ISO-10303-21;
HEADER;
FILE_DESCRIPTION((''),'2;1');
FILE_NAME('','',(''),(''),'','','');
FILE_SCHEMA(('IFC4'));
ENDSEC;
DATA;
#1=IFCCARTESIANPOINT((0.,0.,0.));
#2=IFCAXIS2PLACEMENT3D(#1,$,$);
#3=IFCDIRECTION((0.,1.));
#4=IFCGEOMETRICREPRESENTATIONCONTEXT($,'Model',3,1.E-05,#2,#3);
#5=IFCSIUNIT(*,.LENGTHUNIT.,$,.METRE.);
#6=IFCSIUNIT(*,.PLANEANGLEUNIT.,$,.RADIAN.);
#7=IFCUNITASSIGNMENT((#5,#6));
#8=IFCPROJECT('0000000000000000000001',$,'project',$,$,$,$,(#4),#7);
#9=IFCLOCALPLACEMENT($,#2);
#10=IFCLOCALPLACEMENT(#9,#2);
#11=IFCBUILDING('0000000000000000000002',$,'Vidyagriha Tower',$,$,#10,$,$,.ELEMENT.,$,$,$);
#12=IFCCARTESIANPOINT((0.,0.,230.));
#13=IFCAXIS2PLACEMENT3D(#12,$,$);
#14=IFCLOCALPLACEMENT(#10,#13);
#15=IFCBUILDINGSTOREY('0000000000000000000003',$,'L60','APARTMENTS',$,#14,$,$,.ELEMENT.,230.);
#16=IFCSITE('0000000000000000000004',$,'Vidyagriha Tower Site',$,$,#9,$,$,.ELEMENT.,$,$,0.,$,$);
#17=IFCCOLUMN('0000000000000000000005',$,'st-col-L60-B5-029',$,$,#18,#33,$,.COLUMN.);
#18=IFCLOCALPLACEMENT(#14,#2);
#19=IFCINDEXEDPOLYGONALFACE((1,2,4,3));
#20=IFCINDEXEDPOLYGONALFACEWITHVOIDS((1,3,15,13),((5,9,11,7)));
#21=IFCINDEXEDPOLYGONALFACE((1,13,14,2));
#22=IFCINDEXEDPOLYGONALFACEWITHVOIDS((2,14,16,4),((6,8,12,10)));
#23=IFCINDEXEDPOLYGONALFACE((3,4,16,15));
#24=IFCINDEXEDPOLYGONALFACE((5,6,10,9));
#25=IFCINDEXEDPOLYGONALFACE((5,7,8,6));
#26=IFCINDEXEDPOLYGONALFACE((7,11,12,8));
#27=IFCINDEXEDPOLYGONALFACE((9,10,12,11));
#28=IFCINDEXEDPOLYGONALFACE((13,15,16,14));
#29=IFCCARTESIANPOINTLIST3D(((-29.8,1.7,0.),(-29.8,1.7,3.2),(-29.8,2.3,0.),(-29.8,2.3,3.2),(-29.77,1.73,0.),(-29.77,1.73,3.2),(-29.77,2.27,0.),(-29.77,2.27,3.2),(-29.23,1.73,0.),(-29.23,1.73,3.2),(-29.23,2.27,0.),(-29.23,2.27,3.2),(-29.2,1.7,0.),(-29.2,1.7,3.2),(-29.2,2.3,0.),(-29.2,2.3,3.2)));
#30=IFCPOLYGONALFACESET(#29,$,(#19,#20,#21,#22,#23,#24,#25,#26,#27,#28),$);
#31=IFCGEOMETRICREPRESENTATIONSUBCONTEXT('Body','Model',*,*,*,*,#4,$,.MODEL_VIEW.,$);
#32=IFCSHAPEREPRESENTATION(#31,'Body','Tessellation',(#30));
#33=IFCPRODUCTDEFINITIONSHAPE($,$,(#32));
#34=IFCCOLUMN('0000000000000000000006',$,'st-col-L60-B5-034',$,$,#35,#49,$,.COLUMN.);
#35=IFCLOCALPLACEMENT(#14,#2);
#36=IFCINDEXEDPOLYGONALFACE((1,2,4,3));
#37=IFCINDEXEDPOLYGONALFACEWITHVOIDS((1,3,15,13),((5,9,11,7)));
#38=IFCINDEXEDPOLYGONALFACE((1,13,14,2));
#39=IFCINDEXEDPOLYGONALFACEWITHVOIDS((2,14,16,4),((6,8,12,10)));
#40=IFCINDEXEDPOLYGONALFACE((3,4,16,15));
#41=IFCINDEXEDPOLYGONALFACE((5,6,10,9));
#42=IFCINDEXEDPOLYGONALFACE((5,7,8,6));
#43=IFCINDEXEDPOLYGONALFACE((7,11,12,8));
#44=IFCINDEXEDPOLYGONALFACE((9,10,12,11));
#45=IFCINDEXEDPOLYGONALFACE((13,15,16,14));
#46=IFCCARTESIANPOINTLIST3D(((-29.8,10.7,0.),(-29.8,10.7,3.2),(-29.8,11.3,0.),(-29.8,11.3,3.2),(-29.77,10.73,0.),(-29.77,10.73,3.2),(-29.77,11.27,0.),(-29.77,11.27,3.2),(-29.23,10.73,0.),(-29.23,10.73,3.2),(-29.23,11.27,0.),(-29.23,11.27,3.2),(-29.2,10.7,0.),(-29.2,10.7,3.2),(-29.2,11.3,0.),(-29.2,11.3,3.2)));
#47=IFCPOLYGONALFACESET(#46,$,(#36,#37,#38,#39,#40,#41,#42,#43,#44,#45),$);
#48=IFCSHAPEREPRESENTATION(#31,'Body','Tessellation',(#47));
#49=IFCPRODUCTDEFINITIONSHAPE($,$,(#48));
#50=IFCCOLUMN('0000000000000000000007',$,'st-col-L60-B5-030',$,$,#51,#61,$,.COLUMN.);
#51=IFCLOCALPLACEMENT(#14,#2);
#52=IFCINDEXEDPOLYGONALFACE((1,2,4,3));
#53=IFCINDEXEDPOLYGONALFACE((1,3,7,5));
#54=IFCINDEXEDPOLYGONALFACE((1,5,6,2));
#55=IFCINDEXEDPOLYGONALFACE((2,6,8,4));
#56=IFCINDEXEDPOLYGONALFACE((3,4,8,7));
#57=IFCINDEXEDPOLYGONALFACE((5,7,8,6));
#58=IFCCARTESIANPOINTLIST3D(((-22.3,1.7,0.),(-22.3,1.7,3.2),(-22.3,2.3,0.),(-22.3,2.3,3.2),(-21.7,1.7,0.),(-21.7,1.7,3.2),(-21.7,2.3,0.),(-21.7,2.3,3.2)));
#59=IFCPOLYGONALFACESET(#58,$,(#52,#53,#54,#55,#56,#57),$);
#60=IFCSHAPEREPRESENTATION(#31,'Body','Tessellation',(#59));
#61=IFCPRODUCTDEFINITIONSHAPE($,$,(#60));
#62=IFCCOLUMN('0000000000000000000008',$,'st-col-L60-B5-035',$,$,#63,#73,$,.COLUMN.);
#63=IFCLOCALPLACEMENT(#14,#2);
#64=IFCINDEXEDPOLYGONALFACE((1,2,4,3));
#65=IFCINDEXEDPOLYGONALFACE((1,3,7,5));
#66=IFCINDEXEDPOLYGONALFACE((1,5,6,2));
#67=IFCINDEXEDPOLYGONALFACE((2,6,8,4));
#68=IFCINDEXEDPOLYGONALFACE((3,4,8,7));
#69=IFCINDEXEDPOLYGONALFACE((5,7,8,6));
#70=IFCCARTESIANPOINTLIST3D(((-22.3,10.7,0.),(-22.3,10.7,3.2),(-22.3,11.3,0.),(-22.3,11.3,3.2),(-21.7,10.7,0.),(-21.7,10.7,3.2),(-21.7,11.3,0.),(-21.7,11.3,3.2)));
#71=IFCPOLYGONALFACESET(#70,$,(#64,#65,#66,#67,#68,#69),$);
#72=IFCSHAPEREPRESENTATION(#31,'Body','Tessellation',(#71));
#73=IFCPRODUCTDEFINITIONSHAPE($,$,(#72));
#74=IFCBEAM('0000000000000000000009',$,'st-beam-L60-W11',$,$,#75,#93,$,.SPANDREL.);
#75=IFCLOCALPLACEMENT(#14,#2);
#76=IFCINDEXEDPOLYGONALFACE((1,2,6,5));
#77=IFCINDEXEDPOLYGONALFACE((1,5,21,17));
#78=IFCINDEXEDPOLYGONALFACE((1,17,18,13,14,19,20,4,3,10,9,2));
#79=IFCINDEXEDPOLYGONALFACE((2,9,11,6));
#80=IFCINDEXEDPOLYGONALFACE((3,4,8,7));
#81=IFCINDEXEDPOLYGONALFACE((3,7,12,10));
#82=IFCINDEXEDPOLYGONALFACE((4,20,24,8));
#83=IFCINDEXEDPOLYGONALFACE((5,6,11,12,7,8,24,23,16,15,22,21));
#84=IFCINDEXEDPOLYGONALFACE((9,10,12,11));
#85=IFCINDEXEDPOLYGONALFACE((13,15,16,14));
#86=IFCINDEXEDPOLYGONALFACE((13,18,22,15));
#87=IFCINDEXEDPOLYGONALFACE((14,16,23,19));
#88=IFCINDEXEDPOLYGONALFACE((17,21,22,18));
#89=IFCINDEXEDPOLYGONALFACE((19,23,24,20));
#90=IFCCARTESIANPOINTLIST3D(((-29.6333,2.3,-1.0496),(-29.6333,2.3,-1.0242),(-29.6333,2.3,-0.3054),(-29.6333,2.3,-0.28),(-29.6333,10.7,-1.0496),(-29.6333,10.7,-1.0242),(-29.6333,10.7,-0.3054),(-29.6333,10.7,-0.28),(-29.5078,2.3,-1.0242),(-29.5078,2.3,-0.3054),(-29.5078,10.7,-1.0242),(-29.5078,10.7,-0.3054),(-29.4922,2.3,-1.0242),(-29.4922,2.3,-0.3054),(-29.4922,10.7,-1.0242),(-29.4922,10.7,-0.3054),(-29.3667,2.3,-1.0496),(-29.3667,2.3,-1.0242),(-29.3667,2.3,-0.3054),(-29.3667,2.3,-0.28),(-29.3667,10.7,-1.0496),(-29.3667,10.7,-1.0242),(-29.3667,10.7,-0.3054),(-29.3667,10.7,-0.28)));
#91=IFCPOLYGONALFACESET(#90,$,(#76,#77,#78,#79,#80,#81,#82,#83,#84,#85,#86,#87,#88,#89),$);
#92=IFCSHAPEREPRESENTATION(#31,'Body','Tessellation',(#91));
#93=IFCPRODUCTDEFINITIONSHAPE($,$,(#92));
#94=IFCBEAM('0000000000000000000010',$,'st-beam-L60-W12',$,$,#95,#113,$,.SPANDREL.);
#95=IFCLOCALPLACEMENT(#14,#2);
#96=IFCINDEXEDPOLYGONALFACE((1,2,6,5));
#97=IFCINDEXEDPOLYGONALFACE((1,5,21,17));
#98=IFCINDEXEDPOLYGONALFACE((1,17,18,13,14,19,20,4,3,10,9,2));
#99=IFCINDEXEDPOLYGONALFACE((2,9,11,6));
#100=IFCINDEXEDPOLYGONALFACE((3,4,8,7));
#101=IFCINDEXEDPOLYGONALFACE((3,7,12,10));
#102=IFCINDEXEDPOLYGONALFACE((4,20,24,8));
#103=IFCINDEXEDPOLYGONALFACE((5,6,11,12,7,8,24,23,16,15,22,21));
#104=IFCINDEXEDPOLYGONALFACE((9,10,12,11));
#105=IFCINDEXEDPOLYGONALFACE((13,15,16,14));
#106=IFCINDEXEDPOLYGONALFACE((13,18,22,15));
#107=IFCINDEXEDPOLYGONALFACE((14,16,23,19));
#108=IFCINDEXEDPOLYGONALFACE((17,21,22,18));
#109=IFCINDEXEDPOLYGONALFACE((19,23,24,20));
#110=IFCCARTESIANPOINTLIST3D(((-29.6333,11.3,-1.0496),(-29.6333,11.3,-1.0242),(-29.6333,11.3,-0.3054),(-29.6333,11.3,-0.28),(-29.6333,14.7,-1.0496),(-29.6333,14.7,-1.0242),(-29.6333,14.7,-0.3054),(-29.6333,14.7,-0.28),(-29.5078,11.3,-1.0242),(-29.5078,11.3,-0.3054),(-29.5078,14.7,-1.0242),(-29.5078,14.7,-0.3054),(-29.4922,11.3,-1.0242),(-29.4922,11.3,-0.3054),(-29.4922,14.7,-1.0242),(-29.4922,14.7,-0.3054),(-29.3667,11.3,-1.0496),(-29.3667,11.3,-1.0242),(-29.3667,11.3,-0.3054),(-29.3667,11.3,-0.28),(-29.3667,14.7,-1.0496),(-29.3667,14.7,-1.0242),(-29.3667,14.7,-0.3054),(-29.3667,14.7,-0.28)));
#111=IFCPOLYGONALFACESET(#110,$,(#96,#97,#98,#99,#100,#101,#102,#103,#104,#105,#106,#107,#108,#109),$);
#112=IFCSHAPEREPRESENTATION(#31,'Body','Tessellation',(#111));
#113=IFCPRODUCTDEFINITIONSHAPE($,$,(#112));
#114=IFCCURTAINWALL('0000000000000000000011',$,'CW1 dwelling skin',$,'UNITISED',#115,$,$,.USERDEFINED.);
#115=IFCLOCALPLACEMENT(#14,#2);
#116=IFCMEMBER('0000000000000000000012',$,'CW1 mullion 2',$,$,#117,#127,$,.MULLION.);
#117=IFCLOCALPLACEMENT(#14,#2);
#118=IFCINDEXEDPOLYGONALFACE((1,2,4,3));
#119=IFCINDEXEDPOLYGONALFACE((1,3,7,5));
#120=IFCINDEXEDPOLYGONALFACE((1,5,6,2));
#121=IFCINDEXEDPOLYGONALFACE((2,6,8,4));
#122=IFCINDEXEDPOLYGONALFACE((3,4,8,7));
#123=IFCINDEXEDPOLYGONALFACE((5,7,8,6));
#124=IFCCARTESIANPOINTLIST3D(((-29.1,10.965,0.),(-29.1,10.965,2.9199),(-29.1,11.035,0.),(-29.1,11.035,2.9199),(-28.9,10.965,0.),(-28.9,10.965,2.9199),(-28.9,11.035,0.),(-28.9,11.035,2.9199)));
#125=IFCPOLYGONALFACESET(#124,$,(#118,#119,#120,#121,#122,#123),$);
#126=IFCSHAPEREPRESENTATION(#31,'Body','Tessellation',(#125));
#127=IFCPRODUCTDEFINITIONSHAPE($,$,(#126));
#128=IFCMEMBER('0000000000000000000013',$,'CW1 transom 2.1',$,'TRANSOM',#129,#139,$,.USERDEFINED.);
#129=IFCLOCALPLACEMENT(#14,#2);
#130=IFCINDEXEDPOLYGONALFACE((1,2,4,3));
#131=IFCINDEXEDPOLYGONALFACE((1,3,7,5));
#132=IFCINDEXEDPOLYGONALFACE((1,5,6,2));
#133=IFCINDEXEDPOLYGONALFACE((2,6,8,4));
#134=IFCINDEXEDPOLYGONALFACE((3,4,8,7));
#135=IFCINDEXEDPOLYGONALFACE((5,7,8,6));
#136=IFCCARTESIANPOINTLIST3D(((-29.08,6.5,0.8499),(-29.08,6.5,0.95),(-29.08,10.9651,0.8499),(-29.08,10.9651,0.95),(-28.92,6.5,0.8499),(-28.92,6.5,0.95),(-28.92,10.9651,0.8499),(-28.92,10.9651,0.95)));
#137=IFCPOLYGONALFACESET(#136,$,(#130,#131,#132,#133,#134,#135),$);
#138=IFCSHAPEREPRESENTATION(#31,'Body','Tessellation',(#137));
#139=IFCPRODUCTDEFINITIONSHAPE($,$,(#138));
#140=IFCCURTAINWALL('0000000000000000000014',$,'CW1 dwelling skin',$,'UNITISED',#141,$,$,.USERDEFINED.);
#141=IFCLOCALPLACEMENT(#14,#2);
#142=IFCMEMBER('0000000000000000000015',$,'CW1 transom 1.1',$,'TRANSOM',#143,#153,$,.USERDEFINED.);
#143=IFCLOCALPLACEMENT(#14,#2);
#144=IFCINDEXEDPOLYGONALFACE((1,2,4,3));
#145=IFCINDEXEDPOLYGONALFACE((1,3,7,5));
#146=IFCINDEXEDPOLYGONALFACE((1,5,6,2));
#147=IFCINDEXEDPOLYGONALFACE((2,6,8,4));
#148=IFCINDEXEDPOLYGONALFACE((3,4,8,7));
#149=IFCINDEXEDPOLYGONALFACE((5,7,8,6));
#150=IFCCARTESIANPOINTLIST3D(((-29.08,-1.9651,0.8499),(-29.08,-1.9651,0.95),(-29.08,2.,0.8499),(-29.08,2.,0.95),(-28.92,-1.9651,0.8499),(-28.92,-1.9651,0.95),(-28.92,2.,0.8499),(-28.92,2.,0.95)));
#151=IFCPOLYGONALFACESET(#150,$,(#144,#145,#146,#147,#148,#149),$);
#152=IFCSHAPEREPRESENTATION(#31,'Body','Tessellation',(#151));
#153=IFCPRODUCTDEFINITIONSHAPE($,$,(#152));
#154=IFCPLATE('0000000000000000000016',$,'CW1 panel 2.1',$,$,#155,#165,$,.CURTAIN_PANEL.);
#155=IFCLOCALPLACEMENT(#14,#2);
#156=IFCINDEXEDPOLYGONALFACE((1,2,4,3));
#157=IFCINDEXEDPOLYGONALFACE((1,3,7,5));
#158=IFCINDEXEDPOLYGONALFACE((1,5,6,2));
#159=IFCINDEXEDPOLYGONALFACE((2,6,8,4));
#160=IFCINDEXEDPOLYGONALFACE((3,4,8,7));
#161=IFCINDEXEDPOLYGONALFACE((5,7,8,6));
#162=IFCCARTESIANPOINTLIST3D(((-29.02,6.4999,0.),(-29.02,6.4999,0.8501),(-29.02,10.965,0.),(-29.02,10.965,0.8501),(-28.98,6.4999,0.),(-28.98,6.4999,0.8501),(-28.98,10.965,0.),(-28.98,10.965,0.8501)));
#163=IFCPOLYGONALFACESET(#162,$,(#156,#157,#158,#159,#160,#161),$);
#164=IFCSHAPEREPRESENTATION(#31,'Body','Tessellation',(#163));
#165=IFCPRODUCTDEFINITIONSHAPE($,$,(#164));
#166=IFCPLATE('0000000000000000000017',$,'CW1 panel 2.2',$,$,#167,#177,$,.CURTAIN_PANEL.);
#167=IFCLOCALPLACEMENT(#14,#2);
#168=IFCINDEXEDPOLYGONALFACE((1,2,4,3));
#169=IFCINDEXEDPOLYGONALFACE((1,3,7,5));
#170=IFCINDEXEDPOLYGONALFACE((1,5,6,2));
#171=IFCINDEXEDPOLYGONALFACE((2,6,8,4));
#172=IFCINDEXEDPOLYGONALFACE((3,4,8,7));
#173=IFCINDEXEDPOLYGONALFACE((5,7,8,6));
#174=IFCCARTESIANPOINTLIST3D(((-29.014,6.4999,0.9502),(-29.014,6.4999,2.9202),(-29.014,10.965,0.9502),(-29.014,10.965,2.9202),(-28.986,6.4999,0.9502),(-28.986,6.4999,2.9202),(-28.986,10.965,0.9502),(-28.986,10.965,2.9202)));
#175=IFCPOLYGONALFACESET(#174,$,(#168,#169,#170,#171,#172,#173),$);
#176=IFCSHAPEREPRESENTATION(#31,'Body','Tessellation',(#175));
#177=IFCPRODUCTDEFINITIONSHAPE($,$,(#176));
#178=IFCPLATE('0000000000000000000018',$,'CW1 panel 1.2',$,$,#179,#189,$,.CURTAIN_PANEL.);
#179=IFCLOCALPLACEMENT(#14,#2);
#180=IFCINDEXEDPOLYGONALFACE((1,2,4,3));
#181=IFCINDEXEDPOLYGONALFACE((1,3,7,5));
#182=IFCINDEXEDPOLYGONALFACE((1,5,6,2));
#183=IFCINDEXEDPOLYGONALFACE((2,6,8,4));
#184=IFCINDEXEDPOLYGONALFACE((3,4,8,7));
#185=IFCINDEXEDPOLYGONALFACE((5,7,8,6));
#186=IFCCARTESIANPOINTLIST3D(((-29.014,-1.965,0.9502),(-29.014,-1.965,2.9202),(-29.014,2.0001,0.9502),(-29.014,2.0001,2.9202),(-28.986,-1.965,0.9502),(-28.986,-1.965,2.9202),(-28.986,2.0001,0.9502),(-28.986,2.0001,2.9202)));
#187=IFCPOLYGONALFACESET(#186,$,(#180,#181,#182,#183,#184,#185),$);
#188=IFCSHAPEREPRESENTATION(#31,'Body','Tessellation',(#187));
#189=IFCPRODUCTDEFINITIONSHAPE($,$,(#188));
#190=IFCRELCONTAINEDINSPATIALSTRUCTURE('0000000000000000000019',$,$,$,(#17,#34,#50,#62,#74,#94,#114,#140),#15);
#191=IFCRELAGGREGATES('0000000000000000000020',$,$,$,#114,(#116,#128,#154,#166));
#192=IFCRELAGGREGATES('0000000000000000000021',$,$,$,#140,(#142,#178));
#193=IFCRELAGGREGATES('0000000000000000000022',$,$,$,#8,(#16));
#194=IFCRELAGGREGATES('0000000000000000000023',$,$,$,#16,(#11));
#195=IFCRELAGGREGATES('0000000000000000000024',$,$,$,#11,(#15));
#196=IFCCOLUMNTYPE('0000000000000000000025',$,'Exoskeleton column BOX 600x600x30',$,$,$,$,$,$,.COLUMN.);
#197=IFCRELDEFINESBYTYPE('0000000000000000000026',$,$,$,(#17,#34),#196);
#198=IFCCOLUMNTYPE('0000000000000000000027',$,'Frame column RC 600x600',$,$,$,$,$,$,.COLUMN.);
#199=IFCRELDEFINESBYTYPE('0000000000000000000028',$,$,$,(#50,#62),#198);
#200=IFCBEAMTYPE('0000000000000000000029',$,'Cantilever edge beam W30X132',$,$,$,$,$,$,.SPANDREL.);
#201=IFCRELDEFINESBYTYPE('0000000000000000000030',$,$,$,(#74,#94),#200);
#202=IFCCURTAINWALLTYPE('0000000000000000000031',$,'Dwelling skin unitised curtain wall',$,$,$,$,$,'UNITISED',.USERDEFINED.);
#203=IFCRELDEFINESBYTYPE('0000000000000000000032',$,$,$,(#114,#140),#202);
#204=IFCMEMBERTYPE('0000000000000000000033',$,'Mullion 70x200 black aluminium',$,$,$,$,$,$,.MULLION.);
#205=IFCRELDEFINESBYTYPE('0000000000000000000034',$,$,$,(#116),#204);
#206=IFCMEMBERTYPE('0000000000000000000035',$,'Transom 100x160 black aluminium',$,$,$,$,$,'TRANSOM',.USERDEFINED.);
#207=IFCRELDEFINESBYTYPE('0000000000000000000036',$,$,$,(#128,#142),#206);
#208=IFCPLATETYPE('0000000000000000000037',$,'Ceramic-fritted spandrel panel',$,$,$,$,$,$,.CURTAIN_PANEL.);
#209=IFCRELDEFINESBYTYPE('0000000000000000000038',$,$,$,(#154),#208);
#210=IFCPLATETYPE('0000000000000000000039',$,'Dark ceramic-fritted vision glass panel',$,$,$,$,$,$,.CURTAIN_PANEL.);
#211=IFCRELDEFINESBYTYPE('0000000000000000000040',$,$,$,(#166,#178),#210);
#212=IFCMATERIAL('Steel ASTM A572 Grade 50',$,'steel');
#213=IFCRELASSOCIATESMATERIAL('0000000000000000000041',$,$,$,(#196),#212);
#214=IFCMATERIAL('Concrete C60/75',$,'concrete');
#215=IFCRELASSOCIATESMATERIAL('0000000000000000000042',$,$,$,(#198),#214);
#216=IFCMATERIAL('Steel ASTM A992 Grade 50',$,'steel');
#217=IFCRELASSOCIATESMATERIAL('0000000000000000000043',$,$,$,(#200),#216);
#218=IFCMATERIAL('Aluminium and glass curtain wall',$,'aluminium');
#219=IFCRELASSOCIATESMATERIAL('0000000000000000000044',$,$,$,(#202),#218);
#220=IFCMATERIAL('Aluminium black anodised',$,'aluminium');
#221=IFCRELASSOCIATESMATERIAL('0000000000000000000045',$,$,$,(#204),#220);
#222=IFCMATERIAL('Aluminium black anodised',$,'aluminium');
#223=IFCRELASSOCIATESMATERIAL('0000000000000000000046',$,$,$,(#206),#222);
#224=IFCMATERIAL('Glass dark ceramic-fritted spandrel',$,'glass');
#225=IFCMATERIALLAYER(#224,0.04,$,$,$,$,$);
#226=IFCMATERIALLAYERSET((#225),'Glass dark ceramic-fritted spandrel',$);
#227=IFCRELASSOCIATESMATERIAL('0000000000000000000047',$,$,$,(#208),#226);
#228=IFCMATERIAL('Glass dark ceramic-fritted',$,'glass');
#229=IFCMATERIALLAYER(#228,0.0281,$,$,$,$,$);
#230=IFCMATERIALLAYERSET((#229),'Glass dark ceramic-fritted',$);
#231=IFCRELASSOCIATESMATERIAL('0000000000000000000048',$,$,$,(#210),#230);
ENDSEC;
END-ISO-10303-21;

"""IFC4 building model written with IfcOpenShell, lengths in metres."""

from ifc_helpers import new_model, si_unit, direction, frame, origin, origin_2d, place, context, subcontext, project, spatial, rectangle, hollow_rectangle, i_section, extrude, material, layer, layer_set, material_profile, profile_set, type_object, element, aggregate, save


model = new_model("IFC4")

# Units and contexts
model_context = context("Model", 3, precision=1e-05, world=origin(), true_north=direction((0.0, 1.0)))
body_context = subcontext(model_context, "Body", "Model", "MODEL_VIEW")
ifc_project = project(units=[si_unit("LENGTHUNIT", "METRE"), si_unit("PLANEANGLEUNIT", "RADIAN")], contexts=[model_context])

# Site, building, storey
site_placement = place(None, origin())
site = spatial("IfcSite", under=ifc_project, at=site_placement, Name="Vidyagriha Tower Site", CompositionType="ELEMENT", RefElevation=0.0)
building_placement = place(site_placement, origin())
building = spatial("IfcBuilding", under=site, at=building_placement, Name="Vidyagriha Tower", CompositionType="ELEMENT")
storey_placement = place(building_placement, frame((0.0, 0.0, 230.0)))
storey = spatial("IfcBuildingStorey", under=building, at=storey_placement, Name="L60", Description="APARTMENTS", CompositionType="ELEMENT", Elevation=230.0)

# Columns
ifc_material_1 = material(Name="Steel ASTM A572 Grade 50", Category="steel")
ifc_material_profile_1 = material_profile(ifc_material_1, hollow_rectangle(XDim=0.6001, YDim=0.6001, WallThickness=0.03, at=origin_2d()), Name="BOX 600x600x30")
ifc_profile_set_1 = profile_set([ifc_material_profile_1], Name="Steel ASTM A572 Grade 50")
column_type_1 = type_object("IfcColumnType", Name="Exoskeleton column BOX 600x600x30", PredefinedType="COLUMN", material=ifc_profile_set_1)
for number, where, name in (
    (1, (-29.5, 2.0, 0.0), "st-col-L60-B5-029"),
    (2, (-29.5, 11.0, 0.0), "st-col-L60-B5-034"),
):
    element("IfcColumn", number, at=place(storey_placement, frame(where)), inside=storey, type_object=column_type_1, Name=name, PredefinedType="COLUMN", context=body_context, shape_type="SweptSolid", body=[
        extrude(hollow_rectangle(XDim=0.6001, YDim=0.6001, WallThickness=0.03, at=origin_2d()), origin(), (0.0, 0.0, 1.0), 3.2),
    ])
ifc_material_2 = material(Name="Concrete C60/75", Category="concrete")
ifc_material_profile_2 = material_profile(ifc_material_2, rectangle(XDim=0.6001, YDim=0.6001, at=origin_2d()), Name="RC 600x600")
ifc_profile_set_2 = profile_set([ifc_material_profile_2], Name="Concrete C60/75")
column_type_2 = type_object("IfcColumnType", Name="Frame column RC 600x600", PredefinedType="COLUMN", material=ifc_profile_set_2)
for number, where, name in (
    (3, (-22.0, 2.0, 0.0), "st-col-L60-B5-030"),
    (4, (-22.0, 11.0, 0.0), "st-col-L60-B5-035"),
):
    element("IfcColumn", number, at=place(storey_placement, frame(where)), inside=storey, type_object=column_type_2, Name=name, PredefinedType="COLUMN", context=body_context, shape_type="SweptSolid", body=[
        extrude(rectangle(XDim=0.6001, YDim=0.6001, at=origin_2d()), origin(), (0.0, 0.0, 1.0), 3.2),
    ])

# Beams
ifc_material_3 = material(Name="Steel ASTM A992 Grade 50", Category="steel")
ifc_material_profile_3 = material_profile(ifc_material_3, i_section(OverallWidth=0.2666, OverallDepth=0.7695, WebThickness=0.0156, FlangeThickness=0.0254, at=origin_2d()), Name="W30X132")
ifc_profile_set_3 = profile_set([ifc_material_profile_3], Name="Steel ASTM A992 Grade 50")
beam_type = type_object("IfcBeamType", Name="Cantilever edge beam W30X132", PredefinedType="SPANDREL", material=ifc_profile_set_3)
beam_1_placement = place(storey_placement, frame((-29.5, 2.3, -0.6648), z_axis=(0.0, 1.0, 0.0), x_axis=(-1.0, 0.0, 0.0)))
element("IfcBeam", 5, at=beam_1_placement, inside=storey, type_object=beam_type, Name="st-beam-L60-W11", PredefinedType="SPANDREL", context=body_context, shape_type="SweptSolid", body=[
    extrude(i_section(OverallWidth=0.2666, OverallDepth=0.7695, WebThickness=0.0156, FlangeThickness=0.0254, at=origin_2d()), origin(), (0.0, 0.0, 1.0), 8.3999),
])
beam_2_placement = place(storey_placement, frame((-29.5, 11.3, -0.6648), z_axis=(0.0, 1.0, 0.0), x_axis=(-1.0, 0.0, 0.0)))
element("IfcBeam", 6, at=beam_2_placement, inside=storey, type_object=beam_type, Name="st-beam-L60-W12", PredefinedType="SPANDREL", context=body_context, shape_type="SweptSolid", body=[
    extrude(i_section(OverallWidth=0.2666, OverallDepth=0.7695, WebThickness=0.0156, FlangeThickness=0.0254, at=origin_2d()), origin(), (0.0, 0.0, 1.0), 3.3999),
])

# Curtain wall, members
ifc_material_4 = material(Name="Aluminium and glass curtain wall", Category="aluminium")
curtain_wall_type = type_object("IfcCurtainWallType", Name="Dwelling skin unitised curtain wall", ElementType="UNITISED", PredefinedType="USERDEFINED", material=ifc_material_4)
curtain_wall_1_placement = place(storey_placement, origin())
curtain_wall_1 = element("IfcCurtainWall", 7, at=curtain_wall_1_placement, inside=storey, type_object=curtain_wall_type, Name="CW1 dwelling skin", ObjectType="UNITISED", PredefinedType="USERDEFINED")
ifc_material_5 = material(Name="Aluminium black anodised", Category="aluminium")
ifc_material_profile_4 = material_profile(ifc_material_5, rectangle(XDim=0.2, YDim=0.0701, at=origin_2d()), Name="Mullion 70x200 black aluminium")
ifc_profile_set_4 = profile_set([ifc_material_profile_4], Name="Aluminium black anodised")
member_type_1 = type_object("IfcMemberType", Name="Mullion 70x200 black aluminium", PredefinedType="MULLION", material=ifc_profile_set_4)
member_1_placement = place(storey_placement, frame((-29.0, 11.0, 0.0)))
member_1 = element("IfcMember", 8, at=member_1_placement, type_object=member_type_1, Name="CW1 mullion 2", PredefinedType="MULLION", context=body_context, shape_type="SweptSolid", body=[
    extrude(rectangle(XDim=0.2, YDim=0.0701, at=origin_2d()), origin(), (0.0, 0.0, 1.0), 2.9199),
])
ifc_material_6 = material(Name="Aluminium black anodised", Category="aluminium")
ifc_material_profile_5 = material_profile(ifc_material_6, rectangle(XDim=0.1599, YDim=0.1001, at=origin_2d()), Name="Transom 100x160 black aluminium")
ifc_profile_set_5 = profile_set([ifc_material_profile_5], Name="Aluminium black anodised")
member_type_2 = type_object("IfcMemberType", Name="Transom 100x160 black aluminium", ElementType="TRANSOM", PredefinedType="USERDEFINED", material=ifc_profile_set_5)
member_2_placement = place(storey_placement, frame((-29.0, 10.9651, 0.8999), z_axis=(0.0, -1.0, 0.0), x_axis=(1.0, 0.0, 0.0)))
member_2 = element("IfcMember", 9, at=member_2_placement, type_object=member_type_2, Name="CW1 transom 2.1", ObjectType="TRANSOM", PredefinedType="USERDEFINED", context=body_context, shape_type="SweptSolid", body=[
    extrude(rectangle(XDim=0.1599, YDim=0.1001, at=origin_2d()), origin(), (0.0, 0.0, 1.0), 4.4651),
])

# Curtain wall, member
curtain_wall_2_placement = place(storey_placement, origin())
curtain_wall_2 = element("IfcCurtainWall", 10, at=curtain_wall_2_placement, inside=storey, type_object=curtain_wall_type, Name="CW1 dwelling skin", ObjectType="UNITISED", PredefinedType="USERDEFINED")
member_3_placement = place(storey_placement, frame((-29.0, 2.0, 0.8999), z_axis=(0.0, -1.0, 0.0), x_axis=(1.0, 0.0, 0.0)))
member_3 = element("IfcMember", 11, at=member_3_placement, type_object=member_type_2, Name="CW1 transom 1.1", ObjectType="TRANSOM", PredefinedType="USERDEFINED", context=body_context, shape_type="SweptSolid", body=[
    extrude(rectangle(XDim=0.1599, YDim=0.1001, at=origin_2d()), origin(), (0.0, 0.0, 1.0), 3.9651),
])

# Plates
ifc_material_7 = material(Name="Glass dark ceramic-fritted spandrel", Category="glass")
ifc_layer_1 = layer(ifc_material_7, 0.04)
ifc_layer_set_1 = layer_set([ifc_layer_1], Name="Glass dark ceramic-fritted spandrel")
plate_type_1 = type_object("IfcPlateType", Name="Ceramic-fritted spandrel panel", PredefinedType="CURTAIN_PANEL", material=ifc_layer_set_1)
plate_1_placement = place(storey_placement, frame((-29.0, 8.7324, 0.0), z_axis=(0.0, 0.0, 1.0), x_axis=(0.0, -1.0, 0.0)))
plate_1 = element("IfcPlate", 12, at=plate_1_placement, type_object=plate_type_1, Name="CW1 panel 2.1", PredefinedType="CURTAIN_PANEL", context=body_context, shape_type="SweptSolid", body=[
    extrude(rectangle(XDim=4.4651, YDim=0.04, at=origin_2d()), origin(), (0.0, 0.0, 1.0), 0.8501),
])
ifc_material_8 = material(Name="Glass dark ceramic-fritted", Category="glass")
ifc_layer_2 = layer(ifc_material_8, 0.0281)
ifc_layer_set_2 = layer_set([ifc_layer_2], Name="Glass dark ceramic-fritted")
plate_type_2 = type_object("IfcPlateType", Name="Dark ceramic-fritted vision glass panel", PredefinedType="CURTAIN_PANEL", material=ifc_layer_set_2)
plate_2_placement = place(storey_placement, frame((-29.0, 8.7324, 0.9502), z_axis=(0.0, 0.0, 1.0), x_axis=(0.0, -1.0, 0.0)))
plate_2 = element("IfcPlate", 13, at=plate_2_placement, type_object=plate_type_2, Name="CW1 panel 2.2", PredefinedType="CURTAIN_PANEL", context=body_context, shape_type="SweptSolid", body=[
    extrude(rectangle(XDim=4.4651, YDim=0.0281, at=origin_2d()), origin(), (0.0, 0.0, 1.0), 1.97),
])
aggregate(curtain_wall_1, [member_1, member_2, plate_1, plate_2])
plate_3_placement = place(storey_placement, frame((-29.0, 0.0176, 0.9502), z_axis=(0.0, 0.0, 1.0), x_axis=(0.0, -1.0, 0.0)))
plate_3 = element("IfcPlate", 14, at=plate_3_placement, type_object=plate_type_2, Name="CW1 panel 1.2", PredefinedType="CURTAIN_PANEL", context=body_context, shape_type="SweptSolid", body=[
    extrude(rectangle(XDim=3.9651, YDim=0.0281, at=origin_2d()), origin(), (0.0, 0.0, 1.0), 1.97),
])
aggregate(curtain_wall_2, [member_3, plate_3])

save(model, "model.ifc")
